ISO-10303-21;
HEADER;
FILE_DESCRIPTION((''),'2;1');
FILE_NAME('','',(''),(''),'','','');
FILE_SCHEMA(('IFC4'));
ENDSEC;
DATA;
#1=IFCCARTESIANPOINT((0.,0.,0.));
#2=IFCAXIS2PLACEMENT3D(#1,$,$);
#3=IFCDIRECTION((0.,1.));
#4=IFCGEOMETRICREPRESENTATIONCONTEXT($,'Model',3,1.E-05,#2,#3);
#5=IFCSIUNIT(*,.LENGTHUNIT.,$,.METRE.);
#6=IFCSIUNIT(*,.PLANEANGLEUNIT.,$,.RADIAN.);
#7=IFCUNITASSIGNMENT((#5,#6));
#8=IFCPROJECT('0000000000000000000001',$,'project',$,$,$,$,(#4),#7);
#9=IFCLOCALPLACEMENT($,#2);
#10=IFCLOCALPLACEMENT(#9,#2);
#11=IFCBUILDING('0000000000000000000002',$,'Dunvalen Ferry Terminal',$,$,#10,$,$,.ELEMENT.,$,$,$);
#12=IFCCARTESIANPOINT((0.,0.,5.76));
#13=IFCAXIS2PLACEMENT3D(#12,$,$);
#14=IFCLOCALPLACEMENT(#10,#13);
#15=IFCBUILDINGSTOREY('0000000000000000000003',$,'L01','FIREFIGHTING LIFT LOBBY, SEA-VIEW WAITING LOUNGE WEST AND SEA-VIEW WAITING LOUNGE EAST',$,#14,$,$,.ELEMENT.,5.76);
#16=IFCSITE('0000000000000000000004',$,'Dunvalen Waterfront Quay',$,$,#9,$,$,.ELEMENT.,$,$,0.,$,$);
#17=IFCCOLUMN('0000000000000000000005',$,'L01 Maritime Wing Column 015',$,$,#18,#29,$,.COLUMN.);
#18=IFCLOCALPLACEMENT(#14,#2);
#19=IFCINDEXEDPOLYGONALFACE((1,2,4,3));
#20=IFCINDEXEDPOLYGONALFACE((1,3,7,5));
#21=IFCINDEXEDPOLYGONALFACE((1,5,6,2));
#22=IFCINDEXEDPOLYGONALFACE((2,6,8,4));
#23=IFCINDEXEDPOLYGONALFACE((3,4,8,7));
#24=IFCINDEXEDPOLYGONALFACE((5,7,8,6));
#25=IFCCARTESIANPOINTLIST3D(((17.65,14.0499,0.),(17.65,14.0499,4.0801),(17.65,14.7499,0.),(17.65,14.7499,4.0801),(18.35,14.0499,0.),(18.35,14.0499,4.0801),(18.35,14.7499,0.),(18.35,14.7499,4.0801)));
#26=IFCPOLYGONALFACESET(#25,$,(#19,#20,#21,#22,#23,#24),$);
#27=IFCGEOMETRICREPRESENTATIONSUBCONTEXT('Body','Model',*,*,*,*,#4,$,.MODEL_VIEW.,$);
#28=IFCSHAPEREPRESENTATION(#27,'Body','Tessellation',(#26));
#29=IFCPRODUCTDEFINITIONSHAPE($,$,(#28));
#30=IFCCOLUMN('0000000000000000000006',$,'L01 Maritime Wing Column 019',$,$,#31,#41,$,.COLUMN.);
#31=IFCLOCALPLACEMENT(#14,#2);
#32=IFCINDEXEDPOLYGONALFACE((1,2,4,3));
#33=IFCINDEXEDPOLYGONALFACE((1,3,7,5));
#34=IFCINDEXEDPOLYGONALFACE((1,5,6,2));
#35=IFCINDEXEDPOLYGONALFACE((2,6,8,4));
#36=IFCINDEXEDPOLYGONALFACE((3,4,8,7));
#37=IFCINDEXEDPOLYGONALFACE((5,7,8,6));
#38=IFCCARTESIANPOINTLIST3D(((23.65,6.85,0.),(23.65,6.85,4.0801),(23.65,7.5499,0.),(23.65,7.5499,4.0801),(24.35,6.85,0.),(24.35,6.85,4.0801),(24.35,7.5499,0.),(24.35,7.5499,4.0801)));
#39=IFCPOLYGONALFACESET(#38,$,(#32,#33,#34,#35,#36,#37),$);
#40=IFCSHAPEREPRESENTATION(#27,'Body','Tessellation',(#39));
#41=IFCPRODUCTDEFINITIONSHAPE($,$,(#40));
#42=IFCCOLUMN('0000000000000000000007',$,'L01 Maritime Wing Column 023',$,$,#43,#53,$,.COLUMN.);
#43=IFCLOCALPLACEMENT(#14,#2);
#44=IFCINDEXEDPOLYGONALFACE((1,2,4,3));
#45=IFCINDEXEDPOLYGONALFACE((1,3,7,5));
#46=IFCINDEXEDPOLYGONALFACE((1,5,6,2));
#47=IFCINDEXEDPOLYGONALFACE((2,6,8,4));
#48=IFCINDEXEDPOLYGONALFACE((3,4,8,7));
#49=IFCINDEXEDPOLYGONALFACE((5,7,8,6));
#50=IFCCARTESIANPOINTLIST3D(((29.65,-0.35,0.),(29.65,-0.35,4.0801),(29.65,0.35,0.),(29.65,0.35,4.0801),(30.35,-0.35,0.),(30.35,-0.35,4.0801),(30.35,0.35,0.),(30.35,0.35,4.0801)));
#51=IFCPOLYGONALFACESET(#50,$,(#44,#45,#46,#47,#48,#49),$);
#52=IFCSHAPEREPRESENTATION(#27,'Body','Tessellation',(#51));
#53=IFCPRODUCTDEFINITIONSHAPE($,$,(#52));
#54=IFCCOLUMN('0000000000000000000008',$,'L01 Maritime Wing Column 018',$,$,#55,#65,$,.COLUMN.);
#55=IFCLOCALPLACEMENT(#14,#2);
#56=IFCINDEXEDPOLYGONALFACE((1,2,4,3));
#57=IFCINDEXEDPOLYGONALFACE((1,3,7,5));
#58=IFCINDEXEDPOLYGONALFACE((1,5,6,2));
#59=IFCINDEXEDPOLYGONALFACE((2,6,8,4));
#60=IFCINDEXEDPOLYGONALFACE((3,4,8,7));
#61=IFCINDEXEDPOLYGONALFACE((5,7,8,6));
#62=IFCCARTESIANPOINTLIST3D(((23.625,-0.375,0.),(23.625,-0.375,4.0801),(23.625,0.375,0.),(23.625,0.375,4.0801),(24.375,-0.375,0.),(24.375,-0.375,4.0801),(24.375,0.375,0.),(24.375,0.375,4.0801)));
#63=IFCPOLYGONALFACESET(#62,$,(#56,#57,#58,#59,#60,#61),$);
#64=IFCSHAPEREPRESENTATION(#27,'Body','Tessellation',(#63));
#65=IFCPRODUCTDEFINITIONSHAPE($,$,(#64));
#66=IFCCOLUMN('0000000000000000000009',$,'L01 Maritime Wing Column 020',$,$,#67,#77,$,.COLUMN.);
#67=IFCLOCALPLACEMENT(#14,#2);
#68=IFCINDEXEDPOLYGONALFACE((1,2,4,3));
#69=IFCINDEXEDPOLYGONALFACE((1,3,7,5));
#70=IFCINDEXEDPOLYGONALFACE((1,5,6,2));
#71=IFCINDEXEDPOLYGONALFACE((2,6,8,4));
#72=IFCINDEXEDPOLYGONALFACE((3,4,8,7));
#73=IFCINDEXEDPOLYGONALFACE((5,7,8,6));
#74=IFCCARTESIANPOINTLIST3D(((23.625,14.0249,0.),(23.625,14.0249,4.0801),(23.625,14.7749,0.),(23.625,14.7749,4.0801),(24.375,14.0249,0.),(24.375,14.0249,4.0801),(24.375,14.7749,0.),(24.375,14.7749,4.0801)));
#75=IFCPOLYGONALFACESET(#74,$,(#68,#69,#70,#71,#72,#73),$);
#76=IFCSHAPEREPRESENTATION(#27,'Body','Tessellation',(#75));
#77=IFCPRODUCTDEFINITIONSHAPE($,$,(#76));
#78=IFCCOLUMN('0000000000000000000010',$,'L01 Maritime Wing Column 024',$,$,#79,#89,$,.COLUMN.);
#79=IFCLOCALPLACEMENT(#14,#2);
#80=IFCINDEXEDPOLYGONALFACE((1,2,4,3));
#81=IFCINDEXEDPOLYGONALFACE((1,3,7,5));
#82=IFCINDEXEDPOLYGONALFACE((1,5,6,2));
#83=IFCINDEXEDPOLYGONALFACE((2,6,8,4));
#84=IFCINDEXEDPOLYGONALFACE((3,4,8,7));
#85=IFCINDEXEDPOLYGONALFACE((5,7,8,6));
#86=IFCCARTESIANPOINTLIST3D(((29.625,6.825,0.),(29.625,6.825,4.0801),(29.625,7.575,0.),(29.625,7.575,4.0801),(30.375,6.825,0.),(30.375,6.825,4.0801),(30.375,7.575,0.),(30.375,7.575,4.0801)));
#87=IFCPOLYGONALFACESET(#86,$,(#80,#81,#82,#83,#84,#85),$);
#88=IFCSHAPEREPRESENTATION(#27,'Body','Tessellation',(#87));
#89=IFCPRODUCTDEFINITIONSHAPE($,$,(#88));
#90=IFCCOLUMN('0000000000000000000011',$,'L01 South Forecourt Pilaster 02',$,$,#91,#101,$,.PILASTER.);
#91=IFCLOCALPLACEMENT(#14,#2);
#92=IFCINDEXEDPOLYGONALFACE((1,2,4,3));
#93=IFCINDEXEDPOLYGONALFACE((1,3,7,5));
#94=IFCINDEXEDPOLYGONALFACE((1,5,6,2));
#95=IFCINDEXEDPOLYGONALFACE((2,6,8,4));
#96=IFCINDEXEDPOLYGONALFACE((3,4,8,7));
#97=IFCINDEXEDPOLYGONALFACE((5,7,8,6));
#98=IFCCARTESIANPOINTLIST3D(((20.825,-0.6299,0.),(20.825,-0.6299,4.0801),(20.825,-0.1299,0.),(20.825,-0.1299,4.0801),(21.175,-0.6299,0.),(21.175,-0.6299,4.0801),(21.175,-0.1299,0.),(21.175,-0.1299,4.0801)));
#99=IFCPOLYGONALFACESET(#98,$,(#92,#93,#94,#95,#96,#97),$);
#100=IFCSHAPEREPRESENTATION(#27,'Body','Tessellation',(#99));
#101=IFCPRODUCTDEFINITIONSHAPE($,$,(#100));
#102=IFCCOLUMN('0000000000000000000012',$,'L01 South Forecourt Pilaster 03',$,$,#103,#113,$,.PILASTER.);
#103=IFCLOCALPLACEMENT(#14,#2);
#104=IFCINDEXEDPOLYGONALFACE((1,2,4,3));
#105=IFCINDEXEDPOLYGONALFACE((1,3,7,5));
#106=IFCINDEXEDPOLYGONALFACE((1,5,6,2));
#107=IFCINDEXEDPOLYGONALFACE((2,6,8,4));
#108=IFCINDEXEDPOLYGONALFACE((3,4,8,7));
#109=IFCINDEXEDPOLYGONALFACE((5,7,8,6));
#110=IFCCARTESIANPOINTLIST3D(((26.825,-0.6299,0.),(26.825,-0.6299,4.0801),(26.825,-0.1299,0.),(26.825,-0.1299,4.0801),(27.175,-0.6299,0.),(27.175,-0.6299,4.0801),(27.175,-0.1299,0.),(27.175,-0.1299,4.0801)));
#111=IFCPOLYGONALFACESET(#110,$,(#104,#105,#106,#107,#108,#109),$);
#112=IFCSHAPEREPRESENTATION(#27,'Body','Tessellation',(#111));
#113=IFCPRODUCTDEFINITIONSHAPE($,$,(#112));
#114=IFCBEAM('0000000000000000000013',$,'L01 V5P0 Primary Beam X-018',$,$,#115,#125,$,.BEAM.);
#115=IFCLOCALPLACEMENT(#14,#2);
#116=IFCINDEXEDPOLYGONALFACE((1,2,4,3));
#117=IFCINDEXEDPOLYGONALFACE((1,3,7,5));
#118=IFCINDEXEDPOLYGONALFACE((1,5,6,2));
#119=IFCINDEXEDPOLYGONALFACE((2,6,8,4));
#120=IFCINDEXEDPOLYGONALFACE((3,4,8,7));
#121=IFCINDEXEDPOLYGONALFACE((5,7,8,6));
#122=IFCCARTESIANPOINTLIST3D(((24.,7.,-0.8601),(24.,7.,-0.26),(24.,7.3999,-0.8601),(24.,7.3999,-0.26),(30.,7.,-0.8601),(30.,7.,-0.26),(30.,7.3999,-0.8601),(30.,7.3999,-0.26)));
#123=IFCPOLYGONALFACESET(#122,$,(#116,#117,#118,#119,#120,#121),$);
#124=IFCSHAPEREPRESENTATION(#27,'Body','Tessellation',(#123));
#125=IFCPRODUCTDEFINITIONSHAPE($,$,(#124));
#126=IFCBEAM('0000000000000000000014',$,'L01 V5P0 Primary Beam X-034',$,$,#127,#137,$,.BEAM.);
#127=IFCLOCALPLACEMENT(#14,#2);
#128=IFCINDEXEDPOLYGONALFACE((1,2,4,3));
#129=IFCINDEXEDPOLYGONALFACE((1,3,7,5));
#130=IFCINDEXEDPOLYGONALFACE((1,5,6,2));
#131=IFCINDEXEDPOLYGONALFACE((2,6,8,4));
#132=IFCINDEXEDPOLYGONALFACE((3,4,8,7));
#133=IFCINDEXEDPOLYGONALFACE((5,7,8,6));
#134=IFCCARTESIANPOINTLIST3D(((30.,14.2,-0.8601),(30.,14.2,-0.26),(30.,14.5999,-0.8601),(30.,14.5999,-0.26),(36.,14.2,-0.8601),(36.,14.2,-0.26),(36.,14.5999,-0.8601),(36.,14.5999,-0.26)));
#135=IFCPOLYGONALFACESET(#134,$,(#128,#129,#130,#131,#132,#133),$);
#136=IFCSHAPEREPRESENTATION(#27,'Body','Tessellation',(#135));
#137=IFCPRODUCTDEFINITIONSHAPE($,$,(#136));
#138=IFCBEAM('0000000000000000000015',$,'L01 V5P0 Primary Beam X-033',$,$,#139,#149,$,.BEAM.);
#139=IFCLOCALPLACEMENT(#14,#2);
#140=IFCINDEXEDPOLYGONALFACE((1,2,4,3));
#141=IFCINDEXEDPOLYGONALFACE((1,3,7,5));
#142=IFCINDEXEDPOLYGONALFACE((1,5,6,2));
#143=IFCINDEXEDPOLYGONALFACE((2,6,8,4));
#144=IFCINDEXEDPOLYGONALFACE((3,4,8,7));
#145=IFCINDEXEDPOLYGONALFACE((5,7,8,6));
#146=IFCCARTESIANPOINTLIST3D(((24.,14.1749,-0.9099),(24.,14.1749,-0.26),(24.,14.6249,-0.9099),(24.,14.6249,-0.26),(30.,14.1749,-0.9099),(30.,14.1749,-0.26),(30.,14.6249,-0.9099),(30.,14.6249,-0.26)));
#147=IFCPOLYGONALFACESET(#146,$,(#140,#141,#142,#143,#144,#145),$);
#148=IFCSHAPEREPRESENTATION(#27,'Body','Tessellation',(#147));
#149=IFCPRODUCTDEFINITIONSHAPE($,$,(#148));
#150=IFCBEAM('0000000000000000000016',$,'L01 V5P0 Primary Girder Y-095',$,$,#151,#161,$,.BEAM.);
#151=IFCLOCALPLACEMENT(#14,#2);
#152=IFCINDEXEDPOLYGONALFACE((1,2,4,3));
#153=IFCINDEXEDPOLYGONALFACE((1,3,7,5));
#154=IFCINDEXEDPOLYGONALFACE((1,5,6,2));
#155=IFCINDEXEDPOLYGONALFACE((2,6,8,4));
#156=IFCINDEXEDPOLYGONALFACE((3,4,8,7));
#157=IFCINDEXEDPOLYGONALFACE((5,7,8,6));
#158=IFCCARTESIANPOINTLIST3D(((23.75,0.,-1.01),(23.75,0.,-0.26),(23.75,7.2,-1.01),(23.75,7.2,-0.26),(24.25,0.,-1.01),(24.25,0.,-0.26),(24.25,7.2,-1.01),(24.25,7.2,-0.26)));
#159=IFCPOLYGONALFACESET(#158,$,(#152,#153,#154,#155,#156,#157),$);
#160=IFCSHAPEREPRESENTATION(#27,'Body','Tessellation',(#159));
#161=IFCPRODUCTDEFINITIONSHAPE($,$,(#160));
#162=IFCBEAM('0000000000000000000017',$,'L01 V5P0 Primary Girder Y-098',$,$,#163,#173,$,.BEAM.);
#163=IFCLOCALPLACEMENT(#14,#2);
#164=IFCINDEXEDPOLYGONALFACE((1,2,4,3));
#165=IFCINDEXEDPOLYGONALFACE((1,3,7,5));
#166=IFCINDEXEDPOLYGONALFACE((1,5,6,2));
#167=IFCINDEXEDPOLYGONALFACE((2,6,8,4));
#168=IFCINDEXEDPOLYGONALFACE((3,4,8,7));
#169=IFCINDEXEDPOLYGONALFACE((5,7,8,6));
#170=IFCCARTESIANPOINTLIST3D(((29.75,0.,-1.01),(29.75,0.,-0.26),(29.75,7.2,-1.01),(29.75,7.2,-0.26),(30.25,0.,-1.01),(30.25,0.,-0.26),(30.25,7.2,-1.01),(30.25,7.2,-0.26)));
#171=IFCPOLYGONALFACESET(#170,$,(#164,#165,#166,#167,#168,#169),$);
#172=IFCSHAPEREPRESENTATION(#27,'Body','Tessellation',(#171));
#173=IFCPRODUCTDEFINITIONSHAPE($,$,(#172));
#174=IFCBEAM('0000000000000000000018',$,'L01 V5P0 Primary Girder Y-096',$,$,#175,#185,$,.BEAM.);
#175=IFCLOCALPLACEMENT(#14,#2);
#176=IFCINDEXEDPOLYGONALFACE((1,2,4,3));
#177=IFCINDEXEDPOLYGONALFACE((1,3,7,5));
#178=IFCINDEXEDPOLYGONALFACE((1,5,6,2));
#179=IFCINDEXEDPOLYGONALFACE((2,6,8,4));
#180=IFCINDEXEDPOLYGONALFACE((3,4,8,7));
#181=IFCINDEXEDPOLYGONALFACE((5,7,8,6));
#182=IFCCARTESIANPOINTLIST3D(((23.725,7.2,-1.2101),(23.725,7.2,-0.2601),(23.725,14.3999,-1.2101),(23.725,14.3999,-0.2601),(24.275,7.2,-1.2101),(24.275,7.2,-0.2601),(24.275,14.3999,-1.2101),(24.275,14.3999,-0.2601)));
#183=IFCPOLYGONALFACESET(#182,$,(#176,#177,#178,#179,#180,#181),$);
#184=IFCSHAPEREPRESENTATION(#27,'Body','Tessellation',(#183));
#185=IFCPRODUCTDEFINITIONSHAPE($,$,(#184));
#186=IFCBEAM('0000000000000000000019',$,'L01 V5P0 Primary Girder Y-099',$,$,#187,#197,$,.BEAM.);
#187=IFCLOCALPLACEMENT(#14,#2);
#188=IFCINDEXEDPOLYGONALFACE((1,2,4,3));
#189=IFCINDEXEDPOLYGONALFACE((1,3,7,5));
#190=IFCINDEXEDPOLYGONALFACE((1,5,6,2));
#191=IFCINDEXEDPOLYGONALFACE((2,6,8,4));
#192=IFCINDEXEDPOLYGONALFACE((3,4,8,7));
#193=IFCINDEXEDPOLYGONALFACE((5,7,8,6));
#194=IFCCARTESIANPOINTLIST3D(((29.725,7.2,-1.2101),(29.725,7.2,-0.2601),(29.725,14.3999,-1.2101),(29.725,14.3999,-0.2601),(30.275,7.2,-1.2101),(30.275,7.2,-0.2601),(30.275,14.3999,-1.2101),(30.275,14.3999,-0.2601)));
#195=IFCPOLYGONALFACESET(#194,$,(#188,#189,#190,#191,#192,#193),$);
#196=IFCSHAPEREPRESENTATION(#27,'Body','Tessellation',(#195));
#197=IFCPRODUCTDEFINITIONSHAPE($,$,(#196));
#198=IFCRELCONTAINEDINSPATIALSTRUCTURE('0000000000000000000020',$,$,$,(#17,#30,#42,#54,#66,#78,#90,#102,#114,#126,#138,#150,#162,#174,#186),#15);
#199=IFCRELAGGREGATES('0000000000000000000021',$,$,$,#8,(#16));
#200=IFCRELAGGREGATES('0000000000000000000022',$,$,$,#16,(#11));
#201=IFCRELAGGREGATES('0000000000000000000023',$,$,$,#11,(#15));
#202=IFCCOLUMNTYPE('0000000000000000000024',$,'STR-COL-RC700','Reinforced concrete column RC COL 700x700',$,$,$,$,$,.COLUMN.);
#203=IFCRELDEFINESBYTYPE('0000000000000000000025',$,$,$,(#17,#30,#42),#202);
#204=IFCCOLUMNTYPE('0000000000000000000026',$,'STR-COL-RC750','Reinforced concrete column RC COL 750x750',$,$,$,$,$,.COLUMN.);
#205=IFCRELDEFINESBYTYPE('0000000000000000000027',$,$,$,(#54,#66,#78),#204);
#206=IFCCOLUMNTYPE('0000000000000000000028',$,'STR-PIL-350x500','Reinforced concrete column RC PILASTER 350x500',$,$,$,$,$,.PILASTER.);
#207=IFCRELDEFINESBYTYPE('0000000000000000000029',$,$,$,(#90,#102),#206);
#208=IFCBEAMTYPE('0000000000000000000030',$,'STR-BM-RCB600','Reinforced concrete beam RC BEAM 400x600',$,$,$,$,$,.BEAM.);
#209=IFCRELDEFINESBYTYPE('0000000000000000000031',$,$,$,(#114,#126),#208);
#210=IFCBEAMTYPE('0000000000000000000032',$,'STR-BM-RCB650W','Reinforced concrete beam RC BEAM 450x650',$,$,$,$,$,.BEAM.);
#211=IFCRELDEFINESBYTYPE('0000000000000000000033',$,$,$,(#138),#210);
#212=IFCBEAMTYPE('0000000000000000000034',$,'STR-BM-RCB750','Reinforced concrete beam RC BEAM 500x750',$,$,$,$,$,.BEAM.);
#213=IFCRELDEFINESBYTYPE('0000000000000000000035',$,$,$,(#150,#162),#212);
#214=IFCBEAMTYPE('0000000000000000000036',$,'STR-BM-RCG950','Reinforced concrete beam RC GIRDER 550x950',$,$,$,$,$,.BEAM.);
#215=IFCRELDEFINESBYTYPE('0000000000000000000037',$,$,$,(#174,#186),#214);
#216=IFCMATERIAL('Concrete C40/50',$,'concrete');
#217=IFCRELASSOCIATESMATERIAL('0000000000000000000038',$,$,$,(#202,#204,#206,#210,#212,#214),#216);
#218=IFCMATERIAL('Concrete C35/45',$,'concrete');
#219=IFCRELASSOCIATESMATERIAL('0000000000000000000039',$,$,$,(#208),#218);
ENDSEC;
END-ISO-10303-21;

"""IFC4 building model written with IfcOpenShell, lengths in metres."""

from ifc_helpers import new_model, si_unit, direction, frame, origin, origin_2d, place, context, subcontext, project, spatial, rectangle, extrude, material, material_profile, profile_set, type_object, element, save


model = new_model("IFC4")

# Units and contexts
model_context = context("Model", 3, precision=1e-05, world=origin(), true_north=direction((0.0, 1.0)))
body_context = subcontext(model_context, "Body", "Model", "MODEL_VIEW")
ifc_project = project(units=[si_unit("LENGTHUNIT", "METRE"), si_unit("PLANEANGLEUNIT", "RADIAN")], contexts=[model_context])

# Site, building, storey
site_placement = place(None, origin())
site = spatial("IfcSite", under=ifc_project, at=site_placement, Name="Dunvalen Waterfront Quay", CompositionType="ELEMENT", RefElevation=0.0)
building_placement = place(site_placement, origin())
building = spatial("IfcBuilding", under=site, at=building_placement, Name="Dunvalen Ferry Terminal", CompositionType="ELEMENT")
storey_placement = place(building_placement, frame((0.0, 0.0, 5.76)))
storey = spatial("IfcBuildingStorey", under=building, at=storey_placement, Name="L01", Description="FIREFIGHTING LIFT LOBBY, SEA-VIEW WAITING LOUNGE WEST AND SEA-VIEW WAITING LOUNGE EAST", CompositionType="ELEMENT", Elevation=5.76)

# Columns
ifc_material_1 = material(Name="Concrete C40/50", Category="concrete")
ifc_material_profile_1 = material_profile(ifc_material_1, rectangle(XDim=0.7, YDim=0.7, at=origin_2d()), Name="Concrete C40/50")
ifc_profile_set_1 = profile_set([ifc_material_profile_1], Name="Concrete C40/50")
column_type_1 = type_object("IfcColumnType", Name="STR-COL-RC700", Description="Reinforced concrete column RC COL 700x700", PredefinedType="COLUMN", material=ifc_profile_set_1)
for number, where, z_axis, x_axis, name in (
    (1, (18.0, 14.3999, 0.0), (0.0, 0.0, 1.0), (1.0, 0.0, 0.0), "L01 Maritime Wing Column 015"),
    (2, (24.0, 7.2, 0.0), (0.0, 0.0, 1.0), (1.0, 0.0, 0.0), "L01 Maritime Wing Column 019"),
    (3, (30.0, 0.0, 0.0), (0.0, 0.0, 1.0), (1.0, 0.0, 0.0), "L01 Maritime Wing Column 023"),
):
    element("IfcColumn", number, at=place(storey_placement, frame(where, z_axis=z_axis, x_axis=x_axis)), inside=storey, type_object=column_type_1, Name=name, PredefinedType="COLUMN", context=body_context, shape_type="SweptSolid", body=[
        extrude(rectangle(XDim=0.7, YDim=0.7, at=origin_2d()), origin(), (0.0, 0.0, 1.0), 4.0801),
    ])
ifc_material_profile_2 = material_profile(ifc_material_1, rectangle(XDim=0.75, YDim=0.75, at=origin_2d()), Name="Concrete C40/50")
ifc_profile_set_2 = profile_set([ifc_material_profile_2], Name="Concrete C40/50")
column_type_2 = type_object("IfcColumnType", Name="STR-COL-RC750", Description="Reinforced concrete column RC COL 750x750", PredefinedType="COLUMN", material=ifc_profile_set_2)
for number, where, z_axis, x_axis, name in (
    (4, (24.0, 0.0, 0.0), (0.0, 0.0, 1.0), (1.0, 0.0, 0.0), "L01 Maritime Wing Column 018"),
    (5, (24.0, 14.3999, 0.0), (0.0, 0.0, 1.0), (1.0, 0.0, 0.0), "L01 Maritime Wing Column 020"),
    (6, (30.0, 7.2, 0.0), (0.0, 0.0, 1.0), (1.0, 0.0, 0.0), "L01 Maritime Wing Column 024"),
):
    element("IfcColumn", number, at=place(storey_placement, frame(where, z_axis=z_axis, x_axis=x_axis)), inside=storey, type_object=column_type_2, Name=name, PredefinedType="COLUMN", context=body_context, shape_type="SweptSolid", body=[
        extrude(rectangle(XDim=0.75, YDim=0.75, at=origin_2d()), origin(), (0.0, 0.0, 1.0), 4.0801),
    ])
ifc_material_profile_3 = material_profile(ifc_material_1, rectangle(XDim=0.3501, YDim=0.5, at=origin_2d()), Name="Concrete C40/50")
ifc_profile_set_3 = profile_set([ifc_material_profile_3], Name="Concrete C40/50")
column_type_3 = type_object("IfcColumnType", Name="STR-PIL-350x500", Description="Reinforced concrete column RC PILASTER 350x500", PredefinedType="PILASTER", material=ifc_profile_set_3)
for number, where, z_axis, x_axis, name in (
    (7, (21.0, -0.3799, 0.0), (0.0, 0.0, 1.0), (1.0, 0.0, 0.0), "L01 South Forecourt Pilaster 02"),
    (8, (27.0, -0.3799, 0.0), (0.0, 0.0, 1.0), (1.0, 0.0, 0.0), "L01 South Forecourt Pilaster 03"),
):
    element("IfcColumn", number, at=place(storey_placement, frame(where, z_axis=z_axis, x_axis=x_axis)), inside=storey, type_object=column_type_3, Name=name, PredefinedType="PILASTER", context=body_context, shape_type="SweptSolid", body=[
        extrude(rectangle(XDim=0.3501, YDim=0.5, at=origin_2d()), origin(), (0.0, 0.0, 1.0), 4.0801),
    ])

# Beams
ifc_material_2 = material(Name="Concrete C35/45", Category="concrete")
ifc_material_profile_4 = material_profile(ifc_material_2, rectangle(XDim=0.3999, YDim=0.6001, at=origin_2d()), Name="Concrete C35/45")
ifc_profile_set_4 = profile_set([ifc_material_profile_4], Name="Concrete C35/45")
beam_type_1 = type_object("IfcBeamType", Name="STR-BM-RCB600", Description="Reinforced concrete beam RC BEAM 400x600", PredefinedType="BEAM", material=ifc_profile_set_4)
for number, where, z_axis, x_axis, name in (
    (9, (24.0, 7.2, -0.5601), (1.0, 0.0, 0.0), (0.0, 1.0, 0.0), "L01 V5P0 Primary Beam X-018"),
    (10, (30.0, 14.3999, -0.5601), (1.0, 0.0, 0.0), (0.0, 1.0, 0.0), "L01 V5P0 Primary Beam X-034"),
):
    element("IfcBeam", number, at=place(storey_placement, frame(where, z_axis=z_axis, x_axis=x_axis)), inside=storey, type_object=beam_type_1, Name=name, PredefinedType="BEAM", context=body_context, shape_type="SweptSolid", body=[
        extrude(rectangle(XDim=0.3999, YDim=0.6001, at=origin_2d()), origin(), (0.0, 0.0, 1.0), 6.0),
    ])
ifc_material_profile_5 = material_profile(ifc_material_1, rectangle(XDim=0.45, YDim=0.6499, at=origin_2d()), Name="Concrete C40/50")
ifc_profile_set_5 = profile_set([ifc_material_profile_5], Name="Concrete C40/50")
beam_type_2 = type_object("IfcBeamType", Name="STR-BM-RCB650W", Description="Reinforced concrete beam RC BEAM 450x650", PredefinedType="BEAM", material=ifc_profile_set_5)
beam_1_placement = place(storey_placement, frame((24.0, 14.3999, -0.585), z_axis=(1.0, 0.0, 0.0), x_axis=(0.0, 1.0, 0.0)))
element("IfcBeam", 11, at=beam_1_placement, inside=storey, type_object=beam_type_2, Name="L01 V5P0 Primary Beam X-033", PredefinedType="BEAM", context=body_context, shape_type="SweptSolid", body=[
    extrude(rectangle(XDim=0.45, YDim=0.6499, at=origin_2d()), origin(), (0.0, 0.0, 1.0), 6.0),
])
ifc_material_profile_6 = material_profile(ifc_material_1, rectangle(XDim=0.5, YDim=0.75, at=origin_2d()), Name="Concrete C40/50")
ifc_profile_set_6 = profile_set([ifc_material_profile_6], Name="Concrete C40/50")
beam_type_3 = type_object("IfcBeamType", Name="STR-BM-RCB750", Description="Reinforced concrete beam RC BEAM 500x750", PredefinedType="BEAM", material=ifc_profile_set_6)
for number, where, z_axis, x_axis, name in (
    (12, (24.0, 0.0, -0.635), (0.0, 1.0, 0.0), (-1.0, 0.0, 0.0), "L01 V5P0 Primary Girder Y-095"),
    (13, (30.0, 0.0, -0.635), (0.0, 1.0, 0.0), (-1.0, 0.0, 0.0), "L01 V5P0 Primary Girder Y-098"),
):
    element("IfcBeam", number, at=place(storey_placement, frame(where, z_axis=z_axis, x_axis=x_axis)), inside=storey, type_object=beam_type_3, Name=name, PredefinedType="BEAM", context=body_context, shape_type="SweptSolid", body=[
        extrude(rectangle(XDim=0.5, YDim=0.75, at=origin_2d()), origin(), (0.0, 0.0, 1.0), 7.2),
    ])
ifc_material_profile_7 = material_profile(ifc_material_1, rectangle(XDim=0.55, YDim=0.95, at=origin_2d()), Name="Concrete C40/50")
ifc_profile_set_7 = profile_set([ifc_material_profile_7], Name="Concrete C40/50")
beam_type_4 = type_object("IfcBeamType", Name="STR-BM-RCG950", Description="Reinforced concrete beam RC GIRDER 550x950", PredefinedType="BEAM", material=ifc_profile_set_7)
for number, where, z_axis, x_axis, name in (
    (14, (24.0, 7.2, -0.7351), (0.0, 1.0, 0.0), (-1.0, 0.0, 0.0), "L01 V5P0 Primary Girder Y-096"),
    (15, (30.0, 7.2, -0.7351), (0.0, 1.0, 0.0), (-1.0, 0.0, 0.0), "L01 V5P0 Primary Girder Y-099"),
):
    element("IfcBeam", number, at=place(storey_placement, frame(where, z_axis=z_axis, x_axis=x_axis)), inside=storey, type_object=beam_type_4, Name=name, PredefinedType="BEAM", context=body_context, shape_type="SweptSolid", body=[
        extrude(rectangle(XDim=0.55, YDim=0.95, at=origin_2d()), origin(), (0.0, 0.0, 1.0), 7.2),
    ])

save(model, "model.ifc")
